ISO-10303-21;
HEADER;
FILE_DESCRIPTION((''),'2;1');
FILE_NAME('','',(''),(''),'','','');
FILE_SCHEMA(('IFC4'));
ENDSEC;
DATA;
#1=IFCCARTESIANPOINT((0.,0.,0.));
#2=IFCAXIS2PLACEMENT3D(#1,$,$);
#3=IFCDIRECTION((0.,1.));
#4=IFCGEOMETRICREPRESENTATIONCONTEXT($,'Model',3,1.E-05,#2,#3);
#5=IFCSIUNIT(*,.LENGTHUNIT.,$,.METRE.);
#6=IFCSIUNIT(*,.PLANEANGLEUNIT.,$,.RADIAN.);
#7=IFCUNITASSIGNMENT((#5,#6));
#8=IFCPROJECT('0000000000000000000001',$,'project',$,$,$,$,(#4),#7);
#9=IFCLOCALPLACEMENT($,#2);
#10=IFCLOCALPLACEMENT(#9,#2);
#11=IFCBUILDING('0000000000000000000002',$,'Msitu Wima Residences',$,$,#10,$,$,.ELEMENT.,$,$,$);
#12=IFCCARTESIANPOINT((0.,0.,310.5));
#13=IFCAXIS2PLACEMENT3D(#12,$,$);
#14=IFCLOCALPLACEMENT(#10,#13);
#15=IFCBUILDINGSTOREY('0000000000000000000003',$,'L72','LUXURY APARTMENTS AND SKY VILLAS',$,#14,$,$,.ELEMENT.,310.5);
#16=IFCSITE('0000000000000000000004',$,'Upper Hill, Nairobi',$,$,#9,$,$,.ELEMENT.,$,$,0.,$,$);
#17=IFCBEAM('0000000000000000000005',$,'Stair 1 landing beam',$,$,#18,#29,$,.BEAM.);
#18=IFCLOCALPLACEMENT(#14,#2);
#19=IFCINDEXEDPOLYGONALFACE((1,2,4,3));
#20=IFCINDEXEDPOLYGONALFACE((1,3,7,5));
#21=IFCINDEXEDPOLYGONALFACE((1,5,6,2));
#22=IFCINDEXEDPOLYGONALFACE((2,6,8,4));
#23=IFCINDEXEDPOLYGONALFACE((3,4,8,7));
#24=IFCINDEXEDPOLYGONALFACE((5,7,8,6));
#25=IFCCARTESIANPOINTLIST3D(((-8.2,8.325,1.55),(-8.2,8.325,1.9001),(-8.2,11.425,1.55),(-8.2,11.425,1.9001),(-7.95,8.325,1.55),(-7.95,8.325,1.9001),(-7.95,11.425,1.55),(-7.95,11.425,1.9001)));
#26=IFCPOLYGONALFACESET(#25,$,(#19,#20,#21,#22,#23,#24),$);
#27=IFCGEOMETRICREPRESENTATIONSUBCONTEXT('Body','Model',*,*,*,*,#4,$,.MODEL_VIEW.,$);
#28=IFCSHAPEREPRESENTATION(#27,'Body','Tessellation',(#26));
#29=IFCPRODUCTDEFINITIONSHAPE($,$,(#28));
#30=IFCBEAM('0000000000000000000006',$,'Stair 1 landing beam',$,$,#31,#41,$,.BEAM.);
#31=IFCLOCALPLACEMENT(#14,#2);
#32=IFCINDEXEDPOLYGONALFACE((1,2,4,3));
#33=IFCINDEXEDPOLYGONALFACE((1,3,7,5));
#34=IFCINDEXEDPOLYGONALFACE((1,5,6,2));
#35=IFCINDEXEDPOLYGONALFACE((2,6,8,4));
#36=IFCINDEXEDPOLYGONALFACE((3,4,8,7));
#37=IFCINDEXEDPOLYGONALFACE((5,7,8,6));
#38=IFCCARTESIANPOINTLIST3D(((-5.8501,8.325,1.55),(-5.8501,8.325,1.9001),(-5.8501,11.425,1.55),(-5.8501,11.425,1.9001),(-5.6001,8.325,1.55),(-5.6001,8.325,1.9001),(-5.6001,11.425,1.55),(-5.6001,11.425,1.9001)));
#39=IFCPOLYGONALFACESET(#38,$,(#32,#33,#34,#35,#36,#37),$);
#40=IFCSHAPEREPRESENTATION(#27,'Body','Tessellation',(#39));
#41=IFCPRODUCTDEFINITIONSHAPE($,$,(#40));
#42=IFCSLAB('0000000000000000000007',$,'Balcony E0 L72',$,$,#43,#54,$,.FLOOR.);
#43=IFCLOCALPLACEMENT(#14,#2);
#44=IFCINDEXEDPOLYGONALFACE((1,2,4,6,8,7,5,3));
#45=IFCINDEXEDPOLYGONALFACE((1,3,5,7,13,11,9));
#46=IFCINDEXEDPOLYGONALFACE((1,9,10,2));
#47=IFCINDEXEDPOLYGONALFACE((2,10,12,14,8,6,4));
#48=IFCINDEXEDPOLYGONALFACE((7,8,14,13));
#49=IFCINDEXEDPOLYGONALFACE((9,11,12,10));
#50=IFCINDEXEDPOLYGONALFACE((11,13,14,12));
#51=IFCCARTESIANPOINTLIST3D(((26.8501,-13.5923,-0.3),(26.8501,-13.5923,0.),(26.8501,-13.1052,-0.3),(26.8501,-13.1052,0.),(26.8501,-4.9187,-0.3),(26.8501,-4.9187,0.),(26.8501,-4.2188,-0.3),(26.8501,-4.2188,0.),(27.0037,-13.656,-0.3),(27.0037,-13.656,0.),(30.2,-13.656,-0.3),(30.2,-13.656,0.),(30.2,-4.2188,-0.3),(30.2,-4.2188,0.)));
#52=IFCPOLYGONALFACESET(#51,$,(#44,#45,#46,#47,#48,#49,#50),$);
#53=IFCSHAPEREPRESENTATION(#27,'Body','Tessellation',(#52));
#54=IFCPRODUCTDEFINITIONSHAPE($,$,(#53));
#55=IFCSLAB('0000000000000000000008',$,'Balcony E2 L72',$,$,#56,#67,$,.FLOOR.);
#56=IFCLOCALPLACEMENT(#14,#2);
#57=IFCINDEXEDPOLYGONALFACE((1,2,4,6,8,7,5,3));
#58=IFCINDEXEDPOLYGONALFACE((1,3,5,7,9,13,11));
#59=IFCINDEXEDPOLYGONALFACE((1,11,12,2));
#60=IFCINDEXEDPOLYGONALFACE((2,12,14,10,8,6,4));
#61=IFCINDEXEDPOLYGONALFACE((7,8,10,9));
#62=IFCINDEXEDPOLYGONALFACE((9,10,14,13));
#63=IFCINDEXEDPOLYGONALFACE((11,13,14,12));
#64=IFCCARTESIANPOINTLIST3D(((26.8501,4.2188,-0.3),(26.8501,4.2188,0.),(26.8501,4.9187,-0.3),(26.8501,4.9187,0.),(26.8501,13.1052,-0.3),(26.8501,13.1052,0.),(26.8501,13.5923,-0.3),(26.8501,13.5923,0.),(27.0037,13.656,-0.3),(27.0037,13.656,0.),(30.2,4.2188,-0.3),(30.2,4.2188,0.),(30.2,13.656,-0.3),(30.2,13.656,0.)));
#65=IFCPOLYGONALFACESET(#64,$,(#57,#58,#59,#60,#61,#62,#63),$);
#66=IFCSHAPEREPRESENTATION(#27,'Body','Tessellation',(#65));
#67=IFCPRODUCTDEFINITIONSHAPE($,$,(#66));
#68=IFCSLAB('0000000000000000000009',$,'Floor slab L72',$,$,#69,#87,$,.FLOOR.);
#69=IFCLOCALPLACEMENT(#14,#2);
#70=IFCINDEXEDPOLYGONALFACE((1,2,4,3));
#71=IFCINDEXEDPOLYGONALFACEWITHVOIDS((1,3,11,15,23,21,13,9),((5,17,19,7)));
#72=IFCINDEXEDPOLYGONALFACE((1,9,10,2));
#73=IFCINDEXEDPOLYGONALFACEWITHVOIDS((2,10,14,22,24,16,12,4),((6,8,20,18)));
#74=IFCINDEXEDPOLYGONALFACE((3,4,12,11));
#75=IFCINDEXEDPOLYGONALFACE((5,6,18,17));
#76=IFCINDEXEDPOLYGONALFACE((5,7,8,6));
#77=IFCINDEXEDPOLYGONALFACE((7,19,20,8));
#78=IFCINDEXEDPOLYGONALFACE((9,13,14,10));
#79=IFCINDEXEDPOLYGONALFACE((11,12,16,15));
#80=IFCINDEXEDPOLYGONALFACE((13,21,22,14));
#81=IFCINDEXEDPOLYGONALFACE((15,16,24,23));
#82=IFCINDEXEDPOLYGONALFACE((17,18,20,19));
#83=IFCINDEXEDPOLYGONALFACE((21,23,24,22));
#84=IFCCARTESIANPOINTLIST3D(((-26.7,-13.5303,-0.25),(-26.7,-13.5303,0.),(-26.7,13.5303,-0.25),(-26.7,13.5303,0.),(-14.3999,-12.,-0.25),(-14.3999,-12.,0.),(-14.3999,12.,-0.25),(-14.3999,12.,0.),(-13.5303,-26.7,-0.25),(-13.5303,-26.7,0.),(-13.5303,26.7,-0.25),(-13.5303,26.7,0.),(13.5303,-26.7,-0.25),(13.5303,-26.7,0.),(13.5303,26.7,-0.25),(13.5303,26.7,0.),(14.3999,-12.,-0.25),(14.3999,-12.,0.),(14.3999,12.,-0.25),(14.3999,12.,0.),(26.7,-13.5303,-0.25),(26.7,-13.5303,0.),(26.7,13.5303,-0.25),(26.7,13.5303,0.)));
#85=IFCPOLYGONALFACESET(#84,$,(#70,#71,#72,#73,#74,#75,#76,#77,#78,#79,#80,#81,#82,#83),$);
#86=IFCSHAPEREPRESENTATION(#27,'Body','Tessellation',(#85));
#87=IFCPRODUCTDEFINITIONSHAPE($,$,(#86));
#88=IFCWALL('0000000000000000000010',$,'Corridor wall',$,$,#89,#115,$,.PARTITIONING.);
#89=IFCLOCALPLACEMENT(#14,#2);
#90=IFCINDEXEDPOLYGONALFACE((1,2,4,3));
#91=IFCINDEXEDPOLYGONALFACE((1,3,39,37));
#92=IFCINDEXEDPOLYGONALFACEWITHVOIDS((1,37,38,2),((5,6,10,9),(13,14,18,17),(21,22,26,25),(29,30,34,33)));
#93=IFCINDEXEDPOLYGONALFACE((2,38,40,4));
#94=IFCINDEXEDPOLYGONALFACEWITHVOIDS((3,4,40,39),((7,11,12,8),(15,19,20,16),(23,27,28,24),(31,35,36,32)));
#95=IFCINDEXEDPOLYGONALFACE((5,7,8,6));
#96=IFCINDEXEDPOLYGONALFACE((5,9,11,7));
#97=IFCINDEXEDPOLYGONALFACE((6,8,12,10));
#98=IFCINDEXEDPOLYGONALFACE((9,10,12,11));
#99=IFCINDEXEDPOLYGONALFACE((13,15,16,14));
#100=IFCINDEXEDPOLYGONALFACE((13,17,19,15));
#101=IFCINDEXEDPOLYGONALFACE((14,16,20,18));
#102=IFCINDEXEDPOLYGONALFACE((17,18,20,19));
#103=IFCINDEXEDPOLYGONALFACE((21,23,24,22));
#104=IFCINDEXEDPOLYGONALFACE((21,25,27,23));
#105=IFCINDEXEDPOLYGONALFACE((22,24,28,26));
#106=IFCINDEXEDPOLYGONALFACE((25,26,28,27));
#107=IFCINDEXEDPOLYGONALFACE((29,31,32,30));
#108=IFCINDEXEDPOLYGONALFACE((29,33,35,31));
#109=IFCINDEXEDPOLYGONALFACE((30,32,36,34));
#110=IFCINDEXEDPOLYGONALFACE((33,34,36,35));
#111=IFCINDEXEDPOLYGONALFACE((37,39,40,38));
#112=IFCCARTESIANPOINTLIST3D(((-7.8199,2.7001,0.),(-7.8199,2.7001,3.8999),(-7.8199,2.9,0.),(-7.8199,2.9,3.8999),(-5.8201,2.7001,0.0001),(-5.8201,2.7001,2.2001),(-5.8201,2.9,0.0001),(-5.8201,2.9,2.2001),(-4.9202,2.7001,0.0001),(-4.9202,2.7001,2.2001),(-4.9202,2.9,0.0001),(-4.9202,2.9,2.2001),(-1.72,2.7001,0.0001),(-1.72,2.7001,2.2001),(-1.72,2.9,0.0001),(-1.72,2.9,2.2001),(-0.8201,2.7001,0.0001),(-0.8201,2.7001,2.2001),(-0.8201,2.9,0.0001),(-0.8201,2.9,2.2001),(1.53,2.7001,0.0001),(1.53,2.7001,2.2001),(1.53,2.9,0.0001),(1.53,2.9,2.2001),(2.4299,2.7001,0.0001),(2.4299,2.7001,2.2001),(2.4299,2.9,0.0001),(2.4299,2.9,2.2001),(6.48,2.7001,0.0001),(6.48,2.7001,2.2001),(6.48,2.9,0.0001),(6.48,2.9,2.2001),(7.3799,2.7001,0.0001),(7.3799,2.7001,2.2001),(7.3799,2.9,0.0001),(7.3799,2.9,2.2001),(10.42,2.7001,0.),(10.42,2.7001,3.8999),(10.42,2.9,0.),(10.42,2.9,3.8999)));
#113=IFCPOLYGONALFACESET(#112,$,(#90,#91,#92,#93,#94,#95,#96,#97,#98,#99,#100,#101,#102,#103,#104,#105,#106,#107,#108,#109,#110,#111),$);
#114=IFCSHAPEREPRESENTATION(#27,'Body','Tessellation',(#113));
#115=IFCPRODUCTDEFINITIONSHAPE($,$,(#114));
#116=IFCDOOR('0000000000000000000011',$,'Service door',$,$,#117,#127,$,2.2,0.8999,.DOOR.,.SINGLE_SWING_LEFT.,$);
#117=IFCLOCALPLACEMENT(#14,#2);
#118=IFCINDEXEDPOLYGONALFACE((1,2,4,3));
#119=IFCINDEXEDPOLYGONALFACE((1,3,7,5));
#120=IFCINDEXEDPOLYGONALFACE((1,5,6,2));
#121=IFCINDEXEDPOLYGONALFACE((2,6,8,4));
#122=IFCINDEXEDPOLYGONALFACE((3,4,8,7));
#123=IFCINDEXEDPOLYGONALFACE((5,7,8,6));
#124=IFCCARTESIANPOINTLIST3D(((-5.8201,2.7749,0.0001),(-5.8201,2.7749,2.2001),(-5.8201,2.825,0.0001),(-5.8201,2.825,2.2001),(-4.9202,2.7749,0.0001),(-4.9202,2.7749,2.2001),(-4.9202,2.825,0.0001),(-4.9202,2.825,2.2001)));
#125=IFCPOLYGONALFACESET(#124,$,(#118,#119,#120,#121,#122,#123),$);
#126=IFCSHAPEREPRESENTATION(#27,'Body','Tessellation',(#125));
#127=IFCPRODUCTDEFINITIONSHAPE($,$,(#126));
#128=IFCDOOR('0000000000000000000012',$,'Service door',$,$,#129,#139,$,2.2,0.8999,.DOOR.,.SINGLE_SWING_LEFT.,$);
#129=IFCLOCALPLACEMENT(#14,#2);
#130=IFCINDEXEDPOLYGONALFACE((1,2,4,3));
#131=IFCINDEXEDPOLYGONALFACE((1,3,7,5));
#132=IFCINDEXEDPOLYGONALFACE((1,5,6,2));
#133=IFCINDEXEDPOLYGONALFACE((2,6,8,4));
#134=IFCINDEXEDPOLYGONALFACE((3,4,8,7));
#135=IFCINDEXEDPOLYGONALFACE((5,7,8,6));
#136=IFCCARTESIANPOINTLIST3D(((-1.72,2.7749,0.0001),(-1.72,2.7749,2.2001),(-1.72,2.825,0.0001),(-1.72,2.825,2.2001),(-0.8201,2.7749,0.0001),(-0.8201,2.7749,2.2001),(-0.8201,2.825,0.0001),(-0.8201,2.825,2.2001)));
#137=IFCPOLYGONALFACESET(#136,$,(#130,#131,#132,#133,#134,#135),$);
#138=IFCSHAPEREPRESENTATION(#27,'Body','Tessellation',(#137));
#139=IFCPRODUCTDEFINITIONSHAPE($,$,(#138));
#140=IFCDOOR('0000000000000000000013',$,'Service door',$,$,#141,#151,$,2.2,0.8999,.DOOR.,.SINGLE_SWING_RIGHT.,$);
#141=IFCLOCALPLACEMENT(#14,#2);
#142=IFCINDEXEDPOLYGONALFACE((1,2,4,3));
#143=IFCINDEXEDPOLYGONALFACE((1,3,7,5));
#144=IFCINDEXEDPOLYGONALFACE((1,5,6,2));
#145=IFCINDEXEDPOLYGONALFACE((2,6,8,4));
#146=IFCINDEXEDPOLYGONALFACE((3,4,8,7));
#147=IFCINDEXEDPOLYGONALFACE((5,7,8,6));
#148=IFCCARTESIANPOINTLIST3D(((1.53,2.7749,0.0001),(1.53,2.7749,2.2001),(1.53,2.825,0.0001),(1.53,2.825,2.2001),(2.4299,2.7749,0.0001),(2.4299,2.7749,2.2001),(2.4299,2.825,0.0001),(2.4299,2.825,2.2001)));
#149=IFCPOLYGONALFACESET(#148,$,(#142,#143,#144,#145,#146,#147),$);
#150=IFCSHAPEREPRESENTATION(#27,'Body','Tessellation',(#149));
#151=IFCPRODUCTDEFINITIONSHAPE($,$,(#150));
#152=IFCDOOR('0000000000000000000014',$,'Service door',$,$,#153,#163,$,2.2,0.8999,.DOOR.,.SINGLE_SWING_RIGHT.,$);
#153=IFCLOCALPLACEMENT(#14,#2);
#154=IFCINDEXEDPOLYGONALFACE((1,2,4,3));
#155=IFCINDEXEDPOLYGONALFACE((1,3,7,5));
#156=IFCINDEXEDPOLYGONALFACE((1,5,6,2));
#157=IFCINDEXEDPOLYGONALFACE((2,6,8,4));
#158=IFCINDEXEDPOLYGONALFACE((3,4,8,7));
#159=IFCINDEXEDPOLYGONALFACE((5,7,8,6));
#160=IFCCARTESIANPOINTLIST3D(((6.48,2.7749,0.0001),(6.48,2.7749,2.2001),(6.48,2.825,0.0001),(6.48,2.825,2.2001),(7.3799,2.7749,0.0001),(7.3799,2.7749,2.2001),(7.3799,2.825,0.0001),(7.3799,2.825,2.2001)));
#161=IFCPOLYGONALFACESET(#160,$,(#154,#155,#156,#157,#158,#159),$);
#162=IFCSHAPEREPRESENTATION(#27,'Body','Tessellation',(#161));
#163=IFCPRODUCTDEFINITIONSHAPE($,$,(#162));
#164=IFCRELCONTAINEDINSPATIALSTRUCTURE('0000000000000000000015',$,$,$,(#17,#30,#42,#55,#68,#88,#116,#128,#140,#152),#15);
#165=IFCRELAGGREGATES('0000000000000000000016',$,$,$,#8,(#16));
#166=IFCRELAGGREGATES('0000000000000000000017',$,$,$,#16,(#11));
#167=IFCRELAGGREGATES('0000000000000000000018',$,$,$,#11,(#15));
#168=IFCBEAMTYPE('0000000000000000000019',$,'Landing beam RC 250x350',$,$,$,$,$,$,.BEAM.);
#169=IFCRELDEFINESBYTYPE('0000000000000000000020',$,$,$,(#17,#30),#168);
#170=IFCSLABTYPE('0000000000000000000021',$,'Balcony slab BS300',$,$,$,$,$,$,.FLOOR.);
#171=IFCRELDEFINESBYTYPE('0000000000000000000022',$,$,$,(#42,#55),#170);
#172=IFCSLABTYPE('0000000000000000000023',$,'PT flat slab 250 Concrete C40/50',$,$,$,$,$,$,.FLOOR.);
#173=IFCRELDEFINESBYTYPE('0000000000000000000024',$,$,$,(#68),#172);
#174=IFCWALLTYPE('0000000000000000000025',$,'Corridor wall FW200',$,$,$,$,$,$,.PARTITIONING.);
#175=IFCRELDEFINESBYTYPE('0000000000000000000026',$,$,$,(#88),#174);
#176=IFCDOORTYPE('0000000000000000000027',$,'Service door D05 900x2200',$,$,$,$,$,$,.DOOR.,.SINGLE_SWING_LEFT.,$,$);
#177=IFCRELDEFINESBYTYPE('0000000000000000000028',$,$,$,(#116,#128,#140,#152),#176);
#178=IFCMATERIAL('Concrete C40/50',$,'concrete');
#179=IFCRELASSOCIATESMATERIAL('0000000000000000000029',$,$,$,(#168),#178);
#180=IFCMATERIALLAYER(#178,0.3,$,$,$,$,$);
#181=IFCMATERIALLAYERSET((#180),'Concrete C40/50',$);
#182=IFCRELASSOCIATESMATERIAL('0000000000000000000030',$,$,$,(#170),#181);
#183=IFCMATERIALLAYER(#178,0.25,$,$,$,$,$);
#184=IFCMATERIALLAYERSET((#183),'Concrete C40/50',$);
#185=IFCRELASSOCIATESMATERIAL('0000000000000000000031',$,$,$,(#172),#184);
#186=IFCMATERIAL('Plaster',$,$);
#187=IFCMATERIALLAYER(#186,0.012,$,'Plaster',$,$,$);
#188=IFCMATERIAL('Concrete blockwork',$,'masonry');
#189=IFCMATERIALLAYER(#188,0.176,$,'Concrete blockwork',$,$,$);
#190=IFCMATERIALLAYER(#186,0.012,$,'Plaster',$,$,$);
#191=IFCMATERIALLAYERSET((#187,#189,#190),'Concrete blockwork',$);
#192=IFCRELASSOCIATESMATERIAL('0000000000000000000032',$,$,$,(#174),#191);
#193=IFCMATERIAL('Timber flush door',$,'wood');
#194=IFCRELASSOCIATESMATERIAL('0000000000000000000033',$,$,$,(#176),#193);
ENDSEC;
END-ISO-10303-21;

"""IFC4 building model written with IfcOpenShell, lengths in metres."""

from ifc_helpers import new_model, si_unit, direction, frame, frame_2d, origin, origin_2d, place, context, subcontext, project, spatial, polyline, rectangle, outline, extrude, material, layer, layer_set, material_profile, profile_set, type_object, element, fill, save


model = new_model("IFC4")

# Units and contexts
model_context = context("Model", 3, precision=1e-05, world=origin(), true_north=direction((0.0, 1.0)))
body_context = subcontext(model_context, "Body", "Model", "MODEL_VIEW")
ifc_project = project(units=[si_unit("LENGTHUNIT", "METRE"), si_unit("PLANEANGLEUNIT", "RADIAN")], contexts=[model_context])

# Site, building, storey
site_placement = place(None, origin())
site = spatial("IfcSite", under=ifc_project, at=site_placement, Name="Upper Hill, Nairobi", CompositionType="ELEMENT", RefElevation=0.0)
building_placement = place(site_placement, origin())
building = spatial("IfcBuilding", under=site, at=building_placement, Name="Msitu Wima Residences", CompositionType="ELEMENT")
storey_placement = place(building_placement, frame((0.0, 0.0, 310.5)))
storey = spatial("IfcBuildingStorey", under=building, at=storey_placement, Name="L72", Description="LUXURY APARTMENTS AND SKY VILLAS", CompositionType="ELEMENT", Elevation=310.5)

# Beams
ifc_material_1 = material(Name="Concrete C40/50", Category="concrete")
ifc_material_profile = material_profile(ifc_material_1, rectangle(XDim=0.25, YDim=0.3501, at=origin_2d()), Name="RC 250x350")
ifc_profile_set = profile_set([ifc_material_profile], Name="Concrete C40/50")
beam_type = type_object("IfcBeamType", Name="Landing beam RC 250x350", PredefinedType="BEAM", material=ifc_profile_set)
for number, where, z_axis, x_axis, name in (
    (1, (-8.075, 8.325, 1.7251), (0.0, 1.0, 0.0), (-1.0, 0.0, 0.0), "Stair 1 landing beam"),
    (2, (-5.7251, 8.325, 1.7251), (0.0, 1.0, 0.0), (-1.0, 0.0, 0.0), "Stair 1 landing beam"),
):
    element("IfcBeam", number, at=place(storey_placement, frame(where, z_axis=z_axis, x_axis=x_axis)), inside=storey, type_object=beam_type, Name=name, PredefinedType="BEAM", context=body_context, shape_type="SweptSolid", body=[
        extrude(rectangle(XDim=0.25, YDim=0.3501, at=origin_2d()), origin(), (0.0, 0.0, 1.0), 3.1001),
    ])

# Slabs
ifc_layer_1 = layer(ifc_material_1, 0.3)
ifc_layer_set_1 = layer_set([ifc_layer_1], Name="Concrete C40/50")
slab_type_1 = type_object("IfcSlabType", Name="Balcony slab BS300", PredefinedType="FLOOR", material=ifc_layer_set_1)
slab_1_placement = place(storey_placement, frame((0.0, 0.0, -0.3)))
element("IfcSlab", 3, at=slab_1_placement, inside=storey, type_object=slab_type_1, Name="Balcony E0 L72", PredefinedType="FLOOR", context=body_context, shape_type="SweptSolid", body=[
    extrude(outline(polyline([(26.8501, -13.1052), (26.8501, -13.1052), (26.8501, -4.9187), (26.8501, -4.2188), (30.2, -4.2188), (30.2, -13.656), (27.0037, -13.656), (26.8501, -13.5923), (26.8501, -13.1052), (26.8501, -13.1052)])), origin(), (0.0, 0.0, 1.0), 0.3),
])
slab_2_placement = place(storey_placement, frame((0.0, 0.0, -0.3)))
element("IfcSlab", 4, at=slab_2_placement, inside=storey, type_object=slab_type_1, Name="Balcony E2 L72", PredefinedType="FLOOR", context=body_context, shape_type="SweptSolid", body=[
    extrude(outline(polyline([(26.8501, 13.1052), (26.8501, 13.1052), (26.8501, 13.1052), (26.8501, 13.5923), (27.0037, 13.656), (30.2, 13.656), (30.2, 4.2188), (26.8501, 4.2188), (26.8501, 4.9187), (26.8501, 13.1052)])), origin(), (0.0, 0.0, 1.0), 0.3),
])
ifc_layer_2 = layer(ifc_material_1, 0.25)
ifc_layer_set_2 = layer_set([ifc_layer_2], Name="Concrete C40/50")
slab_type_2 = type_object("IfcSlabType", Name="PT flat slab 250 Concrete C40/50", PredefinedType="FLOOR", material=ifc_layer_set_2)
slab_3_placement = place(storey_placement, frame((0.0, 0.0, -0.25)))
element("IfcSlab", 5, at=slab_3_placement, inside=storey, type_object=slab_type_2, Name="Floor slab L72", PredefinedType="FLOOR", context=body_context, shape_type="SweptSolid", body=[
    extrude(outline(polyline([(26.7, -13.5303), (13.5303, -26.7), (-13.5303, -26.7), (-26.7, -13.5303), (-26.7, 13.5303), (-13.5303, 26.7), (13.5303, 26.7), (26.7, 13.5303), (26.7, -13.5303)]), holes=[polyline([(-14.3999, -12.0), (14.3999, -12.0), (14.3999, 12.0), (-14.3999, 12.0), (-14.3999, -12.0)])]), origin(), (0.0, 0.0, 1.0), 0.25),
])

# Wall, openings, doors
ifc_material_2 = material(Name="Plaster")
ifc_layer_3 = layer(ifc_material_2, 0.012, Name="Plaster")
ifc_material_3 = material(Name="Concrete blockwork", Category="masonry")
ifc_layer_4 = layer(ifc_material_3, 0.176, Name="Concrete blockwork")
ifc_layer_5 = layer(ifc_material_2, 0.012, Name="Plaster")
ifc_layer_set_3 = layer_set([ifc_layer_3, ifc_layer_4, ifc_layer_5], Name="Concrete blockwork")
wall_type_1 = type_object("IfcWallType", Name="Corridor wall FW200", PredefinedType="PARTITIONING", material=ifc_layer_set_3)
wall_1_placement = place(storey_placement, frame((-7.8201, 2.8, 0.0), z_axis=(0.0, 0.0, 1.0), x_axis=(1.0, 0.0, 0.0)))
wall_1 = element("IfcWall", 6, at=wall_1_placement, inside=storey, type_object=wall_type_1, Name="Corridor wall", PredefinedType="PARTITIONING", context=body_context, shape_type="SweptSolid", body=[
    extrude(rectangle(XDim=18.24, YDim=0.2, at=frame_2d((9.1201, 0.0))), origin(), (0.0, 0.0, 1.0), 3.8999),
])
opening_1_placement = place(wall_1_placement, frame((2.0, 0.0, 0.0)))
opening_1 = element("IfcOpeningElement", 7, at=opening_1_placement, cuts=wall_1, PredefinedType="OPENING", context=body_context, shape_type="SweptSolid", body=[
    extrude(rectangle(XDim=0.8999, YDim=2.2, at=frame_2d((0.45, 1.1001))), frame((0.0, 0.1099, 0.0), z_axis=(0.0, -1.0, 0.0), x_axis=(1.0, 0.0, 0.0)), (0.0, 0.0, 1.0), 0.22),
])
opening_2_placement = place(wall_1_placement, frame((6.1001, 0.0, 0.0)))
opening_2 = element("IfcOpeningElement", 8, at=opening_2_placement, cuts=wall_1, PredefinedType="OPENING", context=body_context, shape_type="SweptSolid", body=[
    extrude(rectangle(XDim=0.8999, YDim=2.2, at=frame_2d((0.45, 1.1001))), frame((0.0, 0.1099, 0.0), z_axis=(0.0, -1.0, 0.0), x_axis=(1.0, 0.0, 0.0)), (0.0, 0.0, 1.0), 0.22),
])
opening_3_placement = place(wall_1_placement, frame((9.3501, 0.0, 0.0)))
opening_3 = element("IfcOpeningElement", 9, at=opening_3_placement, cuts=wall_1, PredefinedType="OPENING", context=body_context, shape_type="SweptSolid", body=[
    extrude(rectangle(XDim=0.8999, YDim=2.2, at=frame_2d((0.45, 1.1001))), frame((0.0, 0.1099, 0.0), z_axis=(0.0, -1.0, 0.0), x_axis=(1.0, 0.0, 0.0)), (0.0, 0.0, 1.0), 0.22),
])
opening_4_placement = place(wall_1_placement, frame((14.3, 0.0, 0.0)))
opening_4 = element("IfcOpeningElement", 10, at=opening_4_placement, cuts=wall_1, PredefinedType="OPENING", context=body_context, shape_type="SweptSolid", body=[
    extrude(rectangle(XDim=0.8999, YDim=2.2, at=frame_2d((0.45, 1.1001))), frame((0.0, 0.1099, 0.0), z_axis=(0.0, -1.0, 0.0), x_axis=(1.0, 0.0, 0.0)), (0.0, 0.0, 1.0), 0.22),
])
ifc_material_4 = material(Name="Timber flush door", Category="wood")
door_type_1 = type_object("IfcDoorType", Name="Service door D05 900x2200", OperationType="SINGLE_SWING_LEFT", PredefinedType="DOOR", material=ifc_material_4)
door_1_placement = place(opening_1_placement, origin())
door_1 = element("IfcDoor", 11, at=door_1_placement, inside=storey, type_object=door_type_1, Name="Service door", OperationType="SINGLE_SWING_LEFT", OverallHeight=2.2, OverallWidth=0.8999, PredefinedType="DOOR", context=body_context, shape_type="SweptSolid", body=[
    extrude(rectangle(XDim=0.8999, YDim=2.2, at=frame_2d((0.45, 1.1001))), frame((0.0, 0.0249, 0.0), z_axis=(0.0, -1.0, 0.0), x_axis=(1.0, 0.0, 0.0)), (0.0, 0.0, 1.0), 0.05),
])
fill(opening_1, door_1)
door_2_placement = place(opening_2_placement, origin())
door_2 = element("IfcDoor", 12, at=door_2_placement, inside=storey, type_object=door_type_1, Name="Service door", OperationType="SINGLE_SWING_LEFT", OverallHeight=2.2, OverallWidth=0.8999, PredefinedType="DOOR", context=body_context, shape_type="SweptSolid", body=[
    extrude(rectangle(XDim=0.8999, YDim=2.2, at=frame_2d((0.45, 1.1001))), frame((0.0, 0.0249, 0.0), z_axis=(0.0, -1.0, 0.0), x_axis=(1.0, 0.0, 0.0)), (0.0, 0.0, 1.0), 0.05),
])
fill(opening_2, door_2)
door_3_placement = place(opening_3_placement, origin())
door_3 = element("IfcDoor", 13, at=door_3_placement, inside=storey, type_object=door_type_1, Name="Service door", OperationType="SINGLE_SWING_RIGHT", OverallHeight=2.2, OverallWidth=0.8999, PredefinedType="DOOR", context=body_context, shape_type="SweptSolid", body=[
    extrude(rectangle(XDim=0.8999, YDim=2.2, at=frame_2d((0.45, 1.1001))), frame((0.0, 0.0249, 0.0), z_axis=(0.0, -1.0, 0.0), x_axis=(1.0, 0.0, 0.0)), (0.0, 0.0, 1.0), 0.05),
])
fill(opening_3, door_3)
door_4_placement = place(opening_4_placement, origin())
door_4 = element("IfcDoor", 14, at=door_4_placement, inside=storey, type_object=door_type_1, Name="Service door", OperationType="SINGLE_SWING_RIGHT", OverallHeight=2.2, OverallWidth=0.8999, PredefinedType="DOOR", context=body_context, shape_type="SweptSolid", body=[
    extrude(rectangle(XDim=0.8999, YDim=2.2, at=frame_2d((0.45, 1.1001))), frame((0.0, 0.0249, 0.0), z_axis=(0.0, -1.0, 0.0), x_axis=(1.0, 0.0, 0.0)), (0.0, 0.0, 1.0), 0.05),
])
fill(opening_4, door_4)

save(model, "model.ifc")
